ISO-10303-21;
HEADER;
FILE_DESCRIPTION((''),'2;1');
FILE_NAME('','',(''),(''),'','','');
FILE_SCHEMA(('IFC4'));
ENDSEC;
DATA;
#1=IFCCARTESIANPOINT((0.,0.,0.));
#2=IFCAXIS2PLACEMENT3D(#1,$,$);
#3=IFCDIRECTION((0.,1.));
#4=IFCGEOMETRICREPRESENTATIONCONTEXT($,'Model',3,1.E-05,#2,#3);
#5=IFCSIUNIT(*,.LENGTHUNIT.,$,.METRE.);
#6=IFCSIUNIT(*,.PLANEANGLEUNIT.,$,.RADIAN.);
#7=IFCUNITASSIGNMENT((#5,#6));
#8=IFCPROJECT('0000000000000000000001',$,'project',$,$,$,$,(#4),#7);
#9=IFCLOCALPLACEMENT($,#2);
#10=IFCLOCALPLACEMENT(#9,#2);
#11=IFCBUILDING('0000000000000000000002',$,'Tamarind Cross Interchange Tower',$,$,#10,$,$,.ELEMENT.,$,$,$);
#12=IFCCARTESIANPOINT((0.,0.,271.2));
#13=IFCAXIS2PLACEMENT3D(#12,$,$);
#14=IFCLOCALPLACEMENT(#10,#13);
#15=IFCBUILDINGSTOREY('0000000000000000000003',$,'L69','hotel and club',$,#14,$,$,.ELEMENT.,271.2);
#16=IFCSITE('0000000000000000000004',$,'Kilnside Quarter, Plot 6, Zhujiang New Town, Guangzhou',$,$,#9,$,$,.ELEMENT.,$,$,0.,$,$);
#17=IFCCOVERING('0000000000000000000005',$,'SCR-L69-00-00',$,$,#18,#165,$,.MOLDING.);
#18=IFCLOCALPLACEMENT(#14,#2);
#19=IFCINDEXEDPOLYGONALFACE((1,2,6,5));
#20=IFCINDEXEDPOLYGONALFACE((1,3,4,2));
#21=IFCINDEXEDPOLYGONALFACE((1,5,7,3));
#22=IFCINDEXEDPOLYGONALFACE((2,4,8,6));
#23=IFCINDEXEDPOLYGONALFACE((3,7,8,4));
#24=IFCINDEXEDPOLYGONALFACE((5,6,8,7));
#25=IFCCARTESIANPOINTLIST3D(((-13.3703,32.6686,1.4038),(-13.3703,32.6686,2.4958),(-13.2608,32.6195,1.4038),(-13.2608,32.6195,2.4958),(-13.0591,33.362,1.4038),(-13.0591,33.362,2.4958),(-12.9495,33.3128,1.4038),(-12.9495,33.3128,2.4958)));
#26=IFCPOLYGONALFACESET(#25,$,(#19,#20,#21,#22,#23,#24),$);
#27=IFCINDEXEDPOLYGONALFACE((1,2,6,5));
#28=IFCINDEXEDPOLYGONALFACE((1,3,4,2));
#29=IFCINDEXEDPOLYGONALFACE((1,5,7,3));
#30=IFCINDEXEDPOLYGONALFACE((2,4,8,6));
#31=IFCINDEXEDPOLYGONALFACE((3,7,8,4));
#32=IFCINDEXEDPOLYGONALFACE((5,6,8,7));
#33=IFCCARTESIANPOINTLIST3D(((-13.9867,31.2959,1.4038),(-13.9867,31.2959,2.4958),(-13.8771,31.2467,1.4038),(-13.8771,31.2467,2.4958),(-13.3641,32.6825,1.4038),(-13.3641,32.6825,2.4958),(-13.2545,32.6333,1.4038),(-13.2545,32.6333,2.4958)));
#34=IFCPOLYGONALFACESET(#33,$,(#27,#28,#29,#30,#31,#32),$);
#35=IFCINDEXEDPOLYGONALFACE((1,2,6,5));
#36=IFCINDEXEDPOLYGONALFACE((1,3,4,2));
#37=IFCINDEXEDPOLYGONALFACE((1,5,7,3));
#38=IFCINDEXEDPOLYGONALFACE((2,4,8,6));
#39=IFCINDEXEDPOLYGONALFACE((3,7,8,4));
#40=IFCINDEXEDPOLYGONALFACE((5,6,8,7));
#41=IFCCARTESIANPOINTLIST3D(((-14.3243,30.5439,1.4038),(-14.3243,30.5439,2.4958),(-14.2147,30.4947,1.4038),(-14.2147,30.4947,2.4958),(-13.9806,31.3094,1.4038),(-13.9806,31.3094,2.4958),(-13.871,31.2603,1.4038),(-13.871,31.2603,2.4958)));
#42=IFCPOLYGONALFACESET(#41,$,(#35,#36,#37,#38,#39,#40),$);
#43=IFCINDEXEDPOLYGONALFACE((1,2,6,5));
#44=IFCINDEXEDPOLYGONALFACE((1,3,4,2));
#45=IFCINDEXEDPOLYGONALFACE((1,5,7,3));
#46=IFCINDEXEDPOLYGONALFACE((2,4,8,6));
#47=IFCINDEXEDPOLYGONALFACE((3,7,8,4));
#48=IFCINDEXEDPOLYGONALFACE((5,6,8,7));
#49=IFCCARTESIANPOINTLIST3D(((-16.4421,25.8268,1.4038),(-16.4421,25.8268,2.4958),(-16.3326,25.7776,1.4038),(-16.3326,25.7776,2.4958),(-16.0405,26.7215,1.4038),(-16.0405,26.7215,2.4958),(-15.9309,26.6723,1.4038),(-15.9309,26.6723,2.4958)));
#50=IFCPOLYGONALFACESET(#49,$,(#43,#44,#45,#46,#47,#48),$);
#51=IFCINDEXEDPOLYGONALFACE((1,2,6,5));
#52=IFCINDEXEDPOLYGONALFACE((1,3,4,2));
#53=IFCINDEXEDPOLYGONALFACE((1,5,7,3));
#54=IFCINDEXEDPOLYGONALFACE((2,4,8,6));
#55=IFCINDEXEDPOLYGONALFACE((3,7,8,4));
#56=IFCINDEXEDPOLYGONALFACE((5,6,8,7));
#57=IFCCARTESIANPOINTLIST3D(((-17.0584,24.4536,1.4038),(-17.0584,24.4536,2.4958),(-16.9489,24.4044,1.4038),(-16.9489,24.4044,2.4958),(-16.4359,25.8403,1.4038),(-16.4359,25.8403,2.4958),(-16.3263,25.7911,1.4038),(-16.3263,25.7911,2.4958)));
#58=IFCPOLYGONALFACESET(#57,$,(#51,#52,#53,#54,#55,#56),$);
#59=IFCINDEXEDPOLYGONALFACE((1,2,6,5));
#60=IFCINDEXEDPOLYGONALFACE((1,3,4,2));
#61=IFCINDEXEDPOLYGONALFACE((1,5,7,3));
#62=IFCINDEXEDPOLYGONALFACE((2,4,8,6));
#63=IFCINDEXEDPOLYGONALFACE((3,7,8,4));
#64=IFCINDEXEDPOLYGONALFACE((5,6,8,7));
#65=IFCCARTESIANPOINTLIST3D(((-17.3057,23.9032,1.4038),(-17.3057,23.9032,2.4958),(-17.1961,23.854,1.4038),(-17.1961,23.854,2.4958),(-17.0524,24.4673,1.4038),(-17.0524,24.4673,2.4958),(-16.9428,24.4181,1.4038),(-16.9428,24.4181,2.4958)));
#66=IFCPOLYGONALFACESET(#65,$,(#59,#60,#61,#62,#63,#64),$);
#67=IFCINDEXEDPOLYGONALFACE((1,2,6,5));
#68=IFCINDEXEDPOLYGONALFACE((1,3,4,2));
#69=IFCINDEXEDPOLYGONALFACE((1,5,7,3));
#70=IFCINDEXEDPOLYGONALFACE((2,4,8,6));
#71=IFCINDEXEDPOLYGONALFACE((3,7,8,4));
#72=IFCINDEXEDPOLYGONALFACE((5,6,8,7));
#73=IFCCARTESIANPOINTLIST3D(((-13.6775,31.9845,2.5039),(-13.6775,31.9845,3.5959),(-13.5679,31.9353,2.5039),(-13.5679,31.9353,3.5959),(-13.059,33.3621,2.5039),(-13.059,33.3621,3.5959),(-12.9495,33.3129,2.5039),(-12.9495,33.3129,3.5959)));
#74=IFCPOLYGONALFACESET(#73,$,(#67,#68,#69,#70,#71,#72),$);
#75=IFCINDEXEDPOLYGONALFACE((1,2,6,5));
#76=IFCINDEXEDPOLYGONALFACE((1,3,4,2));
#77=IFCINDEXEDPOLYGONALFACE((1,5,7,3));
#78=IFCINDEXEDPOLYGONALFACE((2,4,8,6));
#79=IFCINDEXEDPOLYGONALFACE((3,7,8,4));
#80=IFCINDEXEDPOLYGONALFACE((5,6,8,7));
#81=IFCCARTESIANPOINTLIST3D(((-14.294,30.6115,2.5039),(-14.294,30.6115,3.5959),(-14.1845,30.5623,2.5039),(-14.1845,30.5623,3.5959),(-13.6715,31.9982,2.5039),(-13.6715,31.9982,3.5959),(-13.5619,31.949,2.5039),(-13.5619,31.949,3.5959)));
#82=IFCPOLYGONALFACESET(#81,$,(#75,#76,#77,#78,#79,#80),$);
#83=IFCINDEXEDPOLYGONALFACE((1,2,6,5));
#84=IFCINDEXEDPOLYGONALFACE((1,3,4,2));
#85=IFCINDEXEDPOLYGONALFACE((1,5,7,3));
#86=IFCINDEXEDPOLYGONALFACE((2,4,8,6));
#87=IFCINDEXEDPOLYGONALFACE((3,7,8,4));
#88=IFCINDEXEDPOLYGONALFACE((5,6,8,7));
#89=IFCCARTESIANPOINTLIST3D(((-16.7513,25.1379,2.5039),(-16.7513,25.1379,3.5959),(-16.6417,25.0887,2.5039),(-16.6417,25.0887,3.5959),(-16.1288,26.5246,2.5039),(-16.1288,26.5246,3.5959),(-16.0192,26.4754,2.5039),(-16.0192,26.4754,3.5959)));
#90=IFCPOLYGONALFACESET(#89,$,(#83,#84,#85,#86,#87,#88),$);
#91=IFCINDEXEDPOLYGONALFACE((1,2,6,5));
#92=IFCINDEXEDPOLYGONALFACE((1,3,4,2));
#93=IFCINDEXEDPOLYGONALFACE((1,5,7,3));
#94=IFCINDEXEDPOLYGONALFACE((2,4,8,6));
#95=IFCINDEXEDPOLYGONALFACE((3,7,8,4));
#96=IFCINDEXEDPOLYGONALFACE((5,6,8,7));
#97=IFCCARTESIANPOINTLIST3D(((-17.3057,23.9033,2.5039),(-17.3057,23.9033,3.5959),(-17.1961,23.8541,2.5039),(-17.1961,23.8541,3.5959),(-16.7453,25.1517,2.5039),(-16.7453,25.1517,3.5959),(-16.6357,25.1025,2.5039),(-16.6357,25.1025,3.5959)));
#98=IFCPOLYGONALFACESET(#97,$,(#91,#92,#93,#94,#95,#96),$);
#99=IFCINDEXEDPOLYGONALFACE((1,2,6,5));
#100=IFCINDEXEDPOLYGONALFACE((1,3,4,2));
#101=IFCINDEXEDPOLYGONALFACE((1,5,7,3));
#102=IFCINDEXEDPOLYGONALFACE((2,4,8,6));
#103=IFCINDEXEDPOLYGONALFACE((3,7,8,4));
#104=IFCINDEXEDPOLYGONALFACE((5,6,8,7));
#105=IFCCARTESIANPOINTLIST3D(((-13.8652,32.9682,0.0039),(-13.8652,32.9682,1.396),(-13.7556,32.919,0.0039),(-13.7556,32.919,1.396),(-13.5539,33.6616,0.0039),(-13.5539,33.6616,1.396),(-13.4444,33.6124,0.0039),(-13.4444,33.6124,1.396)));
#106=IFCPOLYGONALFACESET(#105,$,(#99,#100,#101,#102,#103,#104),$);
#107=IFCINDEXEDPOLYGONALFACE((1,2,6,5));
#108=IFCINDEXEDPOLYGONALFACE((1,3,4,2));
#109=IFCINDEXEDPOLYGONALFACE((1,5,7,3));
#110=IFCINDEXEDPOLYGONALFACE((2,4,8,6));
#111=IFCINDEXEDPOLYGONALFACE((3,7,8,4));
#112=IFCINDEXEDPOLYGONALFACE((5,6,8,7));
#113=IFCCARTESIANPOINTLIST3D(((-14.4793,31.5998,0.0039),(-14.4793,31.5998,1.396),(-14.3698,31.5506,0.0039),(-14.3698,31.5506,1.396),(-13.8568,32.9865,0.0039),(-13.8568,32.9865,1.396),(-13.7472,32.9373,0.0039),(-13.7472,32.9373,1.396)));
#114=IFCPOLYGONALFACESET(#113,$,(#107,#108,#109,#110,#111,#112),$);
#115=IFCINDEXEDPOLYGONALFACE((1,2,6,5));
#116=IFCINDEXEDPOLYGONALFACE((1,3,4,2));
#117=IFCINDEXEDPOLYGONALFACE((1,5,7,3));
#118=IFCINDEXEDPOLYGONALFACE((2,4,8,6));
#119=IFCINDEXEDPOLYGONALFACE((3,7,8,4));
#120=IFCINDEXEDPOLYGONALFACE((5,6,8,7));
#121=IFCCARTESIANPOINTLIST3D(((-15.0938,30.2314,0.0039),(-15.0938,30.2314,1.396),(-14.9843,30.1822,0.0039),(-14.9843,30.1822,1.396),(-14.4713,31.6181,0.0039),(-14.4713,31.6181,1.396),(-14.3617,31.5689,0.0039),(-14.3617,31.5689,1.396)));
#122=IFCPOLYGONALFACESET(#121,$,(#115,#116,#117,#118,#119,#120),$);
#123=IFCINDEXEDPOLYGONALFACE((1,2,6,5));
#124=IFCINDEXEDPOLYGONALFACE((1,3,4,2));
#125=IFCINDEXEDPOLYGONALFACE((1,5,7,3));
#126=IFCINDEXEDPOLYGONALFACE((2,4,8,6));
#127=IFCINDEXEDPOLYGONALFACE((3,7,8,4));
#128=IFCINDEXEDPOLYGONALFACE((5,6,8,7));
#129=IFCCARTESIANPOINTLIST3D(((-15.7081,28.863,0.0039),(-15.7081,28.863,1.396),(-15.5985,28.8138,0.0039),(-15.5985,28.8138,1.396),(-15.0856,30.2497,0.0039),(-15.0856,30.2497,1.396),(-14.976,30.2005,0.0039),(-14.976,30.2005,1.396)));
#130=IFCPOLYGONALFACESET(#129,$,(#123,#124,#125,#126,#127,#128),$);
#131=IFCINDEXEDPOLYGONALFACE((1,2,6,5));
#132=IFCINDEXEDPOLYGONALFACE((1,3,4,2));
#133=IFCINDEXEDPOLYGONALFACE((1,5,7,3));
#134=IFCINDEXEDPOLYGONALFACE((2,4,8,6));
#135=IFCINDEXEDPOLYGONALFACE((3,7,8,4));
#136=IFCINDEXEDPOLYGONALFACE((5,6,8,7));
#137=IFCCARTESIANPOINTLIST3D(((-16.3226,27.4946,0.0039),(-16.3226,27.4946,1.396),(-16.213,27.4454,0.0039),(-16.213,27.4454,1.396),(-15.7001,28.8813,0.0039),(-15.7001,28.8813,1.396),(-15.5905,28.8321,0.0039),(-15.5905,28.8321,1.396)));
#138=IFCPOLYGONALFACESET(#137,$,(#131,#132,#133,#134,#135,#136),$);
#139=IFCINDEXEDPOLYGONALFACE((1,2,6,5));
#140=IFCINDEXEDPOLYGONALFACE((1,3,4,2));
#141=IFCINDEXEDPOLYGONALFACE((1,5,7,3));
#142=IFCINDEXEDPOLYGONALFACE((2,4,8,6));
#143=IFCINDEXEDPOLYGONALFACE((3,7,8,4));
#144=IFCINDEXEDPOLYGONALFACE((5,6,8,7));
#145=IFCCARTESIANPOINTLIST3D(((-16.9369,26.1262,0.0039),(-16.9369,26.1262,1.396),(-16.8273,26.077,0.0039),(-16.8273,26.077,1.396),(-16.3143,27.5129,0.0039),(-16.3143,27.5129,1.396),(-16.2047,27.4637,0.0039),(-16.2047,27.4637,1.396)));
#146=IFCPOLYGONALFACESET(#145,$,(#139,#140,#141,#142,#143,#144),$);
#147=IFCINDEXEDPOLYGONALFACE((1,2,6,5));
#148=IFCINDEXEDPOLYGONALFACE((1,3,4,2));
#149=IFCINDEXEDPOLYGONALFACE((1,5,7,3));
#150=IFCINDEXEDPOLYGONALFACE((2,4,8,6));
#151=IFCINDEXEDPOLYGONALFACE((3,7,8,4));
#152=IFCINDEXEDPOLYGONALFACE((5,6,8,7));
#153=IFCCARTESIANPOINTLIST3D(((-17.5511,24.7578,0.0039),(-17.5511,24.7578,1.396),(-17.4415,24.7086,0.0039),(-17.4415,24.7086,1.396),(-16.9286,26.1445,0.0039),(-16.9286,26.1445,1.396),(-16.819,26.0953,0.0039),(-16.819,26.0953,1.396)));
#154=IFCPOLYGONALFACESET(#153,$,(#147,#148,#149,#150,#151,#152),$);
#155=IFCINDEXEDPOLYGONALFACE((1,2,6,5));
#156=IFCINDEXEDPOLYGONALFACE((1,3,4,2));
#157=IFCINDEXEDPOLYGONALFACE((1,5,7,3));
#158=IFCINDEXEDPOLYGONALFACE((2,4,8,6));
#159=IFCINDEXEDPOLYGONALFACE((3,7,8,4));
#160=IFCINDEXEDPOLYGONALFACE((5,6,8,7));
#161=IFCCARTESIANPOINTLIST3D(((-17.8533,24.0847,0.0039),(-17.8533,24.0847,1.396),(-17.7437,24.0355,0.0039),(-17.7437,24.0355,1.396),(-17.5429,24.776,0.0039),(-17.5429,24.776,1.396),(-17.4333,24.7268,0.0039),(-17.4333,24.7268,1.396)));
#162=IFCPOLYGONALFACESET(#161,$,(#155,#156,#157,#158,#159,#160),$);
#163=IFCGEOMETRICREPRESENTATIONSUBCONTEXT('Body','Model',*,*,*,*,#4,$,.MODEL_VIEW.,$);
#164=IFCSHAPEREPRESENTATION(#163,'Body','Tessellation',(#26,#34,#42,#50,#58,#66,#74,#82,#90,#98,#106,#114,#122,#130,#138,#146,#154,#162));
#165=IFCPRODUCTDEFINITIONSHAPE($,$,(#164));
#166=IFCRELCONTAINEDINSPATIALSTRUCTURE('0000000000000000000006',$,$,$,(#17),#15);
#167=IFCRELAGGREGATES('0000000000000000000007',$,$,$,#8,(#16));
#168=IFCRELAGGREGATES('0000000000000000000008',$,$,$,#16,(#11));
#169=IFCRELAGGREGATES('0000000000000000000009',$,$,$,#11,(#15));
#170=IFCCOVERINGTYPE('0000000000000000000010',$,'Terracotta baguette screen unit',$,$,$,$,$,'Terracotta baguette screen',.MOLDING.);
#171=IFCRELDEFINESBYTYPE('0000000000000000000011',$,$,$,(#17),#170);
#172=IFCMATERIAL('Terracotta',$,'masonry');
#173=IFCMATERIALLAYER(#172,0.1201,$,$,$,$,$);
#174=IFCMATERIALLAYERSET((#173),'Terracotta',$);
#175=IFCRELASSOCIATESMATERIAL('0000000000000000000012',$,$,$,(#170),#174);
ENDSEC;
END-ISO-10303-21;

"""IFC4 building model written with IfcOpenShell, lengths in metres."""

from ifc_helpers import new_model, si_unit, direction, frame, origin, origin_2d, place, context, subcontext, project, spatial, rectangle, extrude, material, layer, layer_set, type_object, element, save


model = new_model("IFC4")

# Units and contexts
model_context = context("Model", 3, precision=1e-05, world=origin(), true_north=direction((0.0, 1.0)))
body_context = subcontext(model_context, "Body", "Model", "MODEL_VIEW")
ifc_project = project(units=[si_unit("LENGTHUNIT", "METRE"), si_unit("PLANEANGLEUNIT", "RADIAN")], contexts=[model_context])

# Site, building, storey
site_placement = place(None, origin())
site = spatial("IfcSite", under=ifc_project, at=site_placement, Name="Kilnside Quarter, Plot 6, Zhujiang New Town, Guangzhou", CompositionType="ELEMENT", RefElevation=0.0)
building_placement = place(site_placement, origin())
building = spatial("IfcBuilding", under=site, at=building_placement, Name="Tamarind Cross Interchange Tower", CompositionType="ELEMENT")
storey_placement = place(building_placement, frame((0.0, 0.0, 271.2)))
storey = spatial("IfcBuildingStorey", under=building, at=storey_placement, Name="L69", Description="hotel and club", CompositionType="ELEMENT", Elevation=271.2)

# Covering
ifc_material_1 = material(Name="Terracotta", Category="masonry")
ifc_layer_1 = layer(ifc_material_1, 0.1201)
ifc_layer_set_1 = layer_set([ifc_layer_1], Name="Terracotta")
covering_type = type_object("IfcCoveringType", Name="Terracotta baguette screen unit", ElementType="Terracotta baguette screen", PredefinedType="MOLDING", material=ifc_layer_set_1)
covering_placement = place(storey_placement, origin())
element("IfcCovering", 1, at=covering_placement, inside=storey, type_object=covering_type, Name="SCR-L69-00-00", PredefinedType="MOLDING", context=body_context, shape_type="SweptSolid", body=[
    extrude(rectangle(XDim=0.76, YDim=0.1201, at=origin_2d()), frame((-13.1599, 32.9907, 1.4038), z_axis=(0.0, 0.0, 1.0), x_axis=(-0.409566, -0.91228, 0.0)), (0.0, 0.0, 1.0), 1.092),
    extrude(rectangle(XDim=1.52, YDim=0.1201, at=origin_2d()), frame((-13.6206, 31.9646, 1.4038), z_axis=(0.0, 0.0, 1.0), x_axis=(-0.409566, -0.91228, 0.0)), (0.0, 0.0, 1.0), 1.092),
    extrude(rectangle(XDim=0.8391, YDim=0.1201, at=origin_2d()), frame((-14.0977, 30.9021, 1.4038), z_axis=(0.0, 0.0, 1.0), x_axis=(-0.409566, -0.91228, 0.0)), (0.0, 0.0, 1.0), 1.092),
    extrude(rectangle(XDim=0.9807, YDim=0.1201, at=origin_2d()), frame((-16.1865, 26.2495, 1.4038), z_axis=(0.0, 0.0, 1.0), x_axis=(-0.409566, -0.91228, 0.0)), (0.0, 0.0, 1.0), 1.092),
    extrude(rectangle(XDim=1.52, YDim=0.1201, at=origin_2d()), frame((-16.6924, 25.1223, 1.4038), z_axis=(0.0, 0.0, 1.0), x_axis=(-0.409566, -0.91228, 0.0)), (0.0, 0.0, 1.0), 1.092),
    extrude(rectangle(XDim=0.6184, YDim=0.1201, at=origin_2d()), frame((-17.1243, 24.1606, 1.4038), z_axis=(0.0, 0.0, 1.0), x_axis=(-0.409566, -0.91228, 0.0)), (0.0, 0.0, 1.0), 1.092),
    extrude(rectangle(XDim=1.51, YDim=0.1201, at=origin_2d()), frame((-13.3135, 32.6487, 2.5039), z_axis=(0.0, 0.0, 1.0), x_axis=(-0.409566, -0.91228, 0.0)), (0.0, 0.0, 1.0), 1.092),
    extrude(rectangle(XDim=1.52, YDim=0.1201, at=origin_2d()), frame((-13.928, 31.2803, 2.5039), z_axis=(0.0, 0.0, 1.0), x_axis=(-0.409566, -0.91228, 0.0)), (0.0, 0.0, 1.0), 1.092),
    extrude(rectangle(XDim=1.52, YDim=0.1201, at=origin_2d()), frame((-16.3853, 25.8066, 2.5039), z_axis=(0.0, 0.0, 1.0), x_axis=(-0.409566, -0.91228, 0.0)), (0.0, 0.0, 1.0), 1.092),
    extrude(rectangle(XDim=1.3684, YDim=0.1201, at=origin_2d()), frame((-16.9707, 24.5029, 2.5039), z_axis=(0.0, 0.0, 1.0), x_axis=(-0.409566, -0.91228, 0.0)), (0.0, 0.0, 1.0), 1.092),
    extrude(rectangle(XDim=0.76, YDim=0.1201, at=origin_2d()), frame((-13.6548, 33.2903, 0.0039), z_axis=(0.0, 0.0, 1.0), x_axis=(-0.409566, -0.91228, 0.0)), (0.0, 0.0, 1.0), 1.3921),
    extrude(rectangle(XDim=1.52, YDim=0.1201, at=origin_2d()), frame((-14.1133, 32.2686, 0.0039), z_axis=(0.0, 0.0, 1.0), x_axis=(-0.409566, -0.91228, 0.0)), (0.0, 0.0, 1.0), 1.3921),
    extrude(rectangle(XDim=1.52, YDim=0.1201, at=origin_2d()), frame((-14.7278, 30.9001, 0.0039), z_axis=(0.0, 0.0, 1.0), x_axis=(-0.409566, -0.91228, 0.0)), (0.0, 0.0, 1.0), 1.3921),
    extrude(rectangle(XDim=1.52, YDim=0.1201, at=origin_2d()), frame((-15.342, 29.5317, 0.0039), z_axis=(0.0, 0.0, 1.0), x_axis=(-0.409566, -0.91228, 0.0)), (0.0, 0.0, 1.0), 1.3921),
    extrude(rectangle(XDim=1.52, YDim=0.1201, at=origin_2d()), frame((-15.9565, 28.1633, 0.0039), z_axis=(0.0, 0.0, 1.0), x_axis=(-0.409566, -0.91228, 0.0)), (0.0, 0.0, 1.0), 1.3921),
    extrude(rectangle(XDim=1.52, YDim=0.1201, at=origin_2d()), frame((-16.5708, 26.7949, 0.0039), z_axis=(0.0, 0.0, 1.0), x_axis=(-0.409566, -0.91228, 0.0)), (0.0, 0.0, 1.0), 1.3921),
    extrude(rectangle(XDim=1.52, YDim=0.1201, at=origin_2d()), frame((-17.1851, 25.4265, 0.0039), z_axis=(0.0, 0.0, 1.0), x_axis=(-0.409566, -0.91228, 0.0)), (0.0, 0.0, 1.0), 1.3921),
    extrude(rectangle(XDim=0.7578, YDim=0.1201, at=origin_2d()), frame((-17.6433, 24.4058, 0.0039), z_axis=(0.0, 0.0, 1.0), x_axis=(-0.409566, -0.91228, 0.0)), (0.0, 0.0, 1.0), 1.3921),
])

save(model, "model.ifc")
